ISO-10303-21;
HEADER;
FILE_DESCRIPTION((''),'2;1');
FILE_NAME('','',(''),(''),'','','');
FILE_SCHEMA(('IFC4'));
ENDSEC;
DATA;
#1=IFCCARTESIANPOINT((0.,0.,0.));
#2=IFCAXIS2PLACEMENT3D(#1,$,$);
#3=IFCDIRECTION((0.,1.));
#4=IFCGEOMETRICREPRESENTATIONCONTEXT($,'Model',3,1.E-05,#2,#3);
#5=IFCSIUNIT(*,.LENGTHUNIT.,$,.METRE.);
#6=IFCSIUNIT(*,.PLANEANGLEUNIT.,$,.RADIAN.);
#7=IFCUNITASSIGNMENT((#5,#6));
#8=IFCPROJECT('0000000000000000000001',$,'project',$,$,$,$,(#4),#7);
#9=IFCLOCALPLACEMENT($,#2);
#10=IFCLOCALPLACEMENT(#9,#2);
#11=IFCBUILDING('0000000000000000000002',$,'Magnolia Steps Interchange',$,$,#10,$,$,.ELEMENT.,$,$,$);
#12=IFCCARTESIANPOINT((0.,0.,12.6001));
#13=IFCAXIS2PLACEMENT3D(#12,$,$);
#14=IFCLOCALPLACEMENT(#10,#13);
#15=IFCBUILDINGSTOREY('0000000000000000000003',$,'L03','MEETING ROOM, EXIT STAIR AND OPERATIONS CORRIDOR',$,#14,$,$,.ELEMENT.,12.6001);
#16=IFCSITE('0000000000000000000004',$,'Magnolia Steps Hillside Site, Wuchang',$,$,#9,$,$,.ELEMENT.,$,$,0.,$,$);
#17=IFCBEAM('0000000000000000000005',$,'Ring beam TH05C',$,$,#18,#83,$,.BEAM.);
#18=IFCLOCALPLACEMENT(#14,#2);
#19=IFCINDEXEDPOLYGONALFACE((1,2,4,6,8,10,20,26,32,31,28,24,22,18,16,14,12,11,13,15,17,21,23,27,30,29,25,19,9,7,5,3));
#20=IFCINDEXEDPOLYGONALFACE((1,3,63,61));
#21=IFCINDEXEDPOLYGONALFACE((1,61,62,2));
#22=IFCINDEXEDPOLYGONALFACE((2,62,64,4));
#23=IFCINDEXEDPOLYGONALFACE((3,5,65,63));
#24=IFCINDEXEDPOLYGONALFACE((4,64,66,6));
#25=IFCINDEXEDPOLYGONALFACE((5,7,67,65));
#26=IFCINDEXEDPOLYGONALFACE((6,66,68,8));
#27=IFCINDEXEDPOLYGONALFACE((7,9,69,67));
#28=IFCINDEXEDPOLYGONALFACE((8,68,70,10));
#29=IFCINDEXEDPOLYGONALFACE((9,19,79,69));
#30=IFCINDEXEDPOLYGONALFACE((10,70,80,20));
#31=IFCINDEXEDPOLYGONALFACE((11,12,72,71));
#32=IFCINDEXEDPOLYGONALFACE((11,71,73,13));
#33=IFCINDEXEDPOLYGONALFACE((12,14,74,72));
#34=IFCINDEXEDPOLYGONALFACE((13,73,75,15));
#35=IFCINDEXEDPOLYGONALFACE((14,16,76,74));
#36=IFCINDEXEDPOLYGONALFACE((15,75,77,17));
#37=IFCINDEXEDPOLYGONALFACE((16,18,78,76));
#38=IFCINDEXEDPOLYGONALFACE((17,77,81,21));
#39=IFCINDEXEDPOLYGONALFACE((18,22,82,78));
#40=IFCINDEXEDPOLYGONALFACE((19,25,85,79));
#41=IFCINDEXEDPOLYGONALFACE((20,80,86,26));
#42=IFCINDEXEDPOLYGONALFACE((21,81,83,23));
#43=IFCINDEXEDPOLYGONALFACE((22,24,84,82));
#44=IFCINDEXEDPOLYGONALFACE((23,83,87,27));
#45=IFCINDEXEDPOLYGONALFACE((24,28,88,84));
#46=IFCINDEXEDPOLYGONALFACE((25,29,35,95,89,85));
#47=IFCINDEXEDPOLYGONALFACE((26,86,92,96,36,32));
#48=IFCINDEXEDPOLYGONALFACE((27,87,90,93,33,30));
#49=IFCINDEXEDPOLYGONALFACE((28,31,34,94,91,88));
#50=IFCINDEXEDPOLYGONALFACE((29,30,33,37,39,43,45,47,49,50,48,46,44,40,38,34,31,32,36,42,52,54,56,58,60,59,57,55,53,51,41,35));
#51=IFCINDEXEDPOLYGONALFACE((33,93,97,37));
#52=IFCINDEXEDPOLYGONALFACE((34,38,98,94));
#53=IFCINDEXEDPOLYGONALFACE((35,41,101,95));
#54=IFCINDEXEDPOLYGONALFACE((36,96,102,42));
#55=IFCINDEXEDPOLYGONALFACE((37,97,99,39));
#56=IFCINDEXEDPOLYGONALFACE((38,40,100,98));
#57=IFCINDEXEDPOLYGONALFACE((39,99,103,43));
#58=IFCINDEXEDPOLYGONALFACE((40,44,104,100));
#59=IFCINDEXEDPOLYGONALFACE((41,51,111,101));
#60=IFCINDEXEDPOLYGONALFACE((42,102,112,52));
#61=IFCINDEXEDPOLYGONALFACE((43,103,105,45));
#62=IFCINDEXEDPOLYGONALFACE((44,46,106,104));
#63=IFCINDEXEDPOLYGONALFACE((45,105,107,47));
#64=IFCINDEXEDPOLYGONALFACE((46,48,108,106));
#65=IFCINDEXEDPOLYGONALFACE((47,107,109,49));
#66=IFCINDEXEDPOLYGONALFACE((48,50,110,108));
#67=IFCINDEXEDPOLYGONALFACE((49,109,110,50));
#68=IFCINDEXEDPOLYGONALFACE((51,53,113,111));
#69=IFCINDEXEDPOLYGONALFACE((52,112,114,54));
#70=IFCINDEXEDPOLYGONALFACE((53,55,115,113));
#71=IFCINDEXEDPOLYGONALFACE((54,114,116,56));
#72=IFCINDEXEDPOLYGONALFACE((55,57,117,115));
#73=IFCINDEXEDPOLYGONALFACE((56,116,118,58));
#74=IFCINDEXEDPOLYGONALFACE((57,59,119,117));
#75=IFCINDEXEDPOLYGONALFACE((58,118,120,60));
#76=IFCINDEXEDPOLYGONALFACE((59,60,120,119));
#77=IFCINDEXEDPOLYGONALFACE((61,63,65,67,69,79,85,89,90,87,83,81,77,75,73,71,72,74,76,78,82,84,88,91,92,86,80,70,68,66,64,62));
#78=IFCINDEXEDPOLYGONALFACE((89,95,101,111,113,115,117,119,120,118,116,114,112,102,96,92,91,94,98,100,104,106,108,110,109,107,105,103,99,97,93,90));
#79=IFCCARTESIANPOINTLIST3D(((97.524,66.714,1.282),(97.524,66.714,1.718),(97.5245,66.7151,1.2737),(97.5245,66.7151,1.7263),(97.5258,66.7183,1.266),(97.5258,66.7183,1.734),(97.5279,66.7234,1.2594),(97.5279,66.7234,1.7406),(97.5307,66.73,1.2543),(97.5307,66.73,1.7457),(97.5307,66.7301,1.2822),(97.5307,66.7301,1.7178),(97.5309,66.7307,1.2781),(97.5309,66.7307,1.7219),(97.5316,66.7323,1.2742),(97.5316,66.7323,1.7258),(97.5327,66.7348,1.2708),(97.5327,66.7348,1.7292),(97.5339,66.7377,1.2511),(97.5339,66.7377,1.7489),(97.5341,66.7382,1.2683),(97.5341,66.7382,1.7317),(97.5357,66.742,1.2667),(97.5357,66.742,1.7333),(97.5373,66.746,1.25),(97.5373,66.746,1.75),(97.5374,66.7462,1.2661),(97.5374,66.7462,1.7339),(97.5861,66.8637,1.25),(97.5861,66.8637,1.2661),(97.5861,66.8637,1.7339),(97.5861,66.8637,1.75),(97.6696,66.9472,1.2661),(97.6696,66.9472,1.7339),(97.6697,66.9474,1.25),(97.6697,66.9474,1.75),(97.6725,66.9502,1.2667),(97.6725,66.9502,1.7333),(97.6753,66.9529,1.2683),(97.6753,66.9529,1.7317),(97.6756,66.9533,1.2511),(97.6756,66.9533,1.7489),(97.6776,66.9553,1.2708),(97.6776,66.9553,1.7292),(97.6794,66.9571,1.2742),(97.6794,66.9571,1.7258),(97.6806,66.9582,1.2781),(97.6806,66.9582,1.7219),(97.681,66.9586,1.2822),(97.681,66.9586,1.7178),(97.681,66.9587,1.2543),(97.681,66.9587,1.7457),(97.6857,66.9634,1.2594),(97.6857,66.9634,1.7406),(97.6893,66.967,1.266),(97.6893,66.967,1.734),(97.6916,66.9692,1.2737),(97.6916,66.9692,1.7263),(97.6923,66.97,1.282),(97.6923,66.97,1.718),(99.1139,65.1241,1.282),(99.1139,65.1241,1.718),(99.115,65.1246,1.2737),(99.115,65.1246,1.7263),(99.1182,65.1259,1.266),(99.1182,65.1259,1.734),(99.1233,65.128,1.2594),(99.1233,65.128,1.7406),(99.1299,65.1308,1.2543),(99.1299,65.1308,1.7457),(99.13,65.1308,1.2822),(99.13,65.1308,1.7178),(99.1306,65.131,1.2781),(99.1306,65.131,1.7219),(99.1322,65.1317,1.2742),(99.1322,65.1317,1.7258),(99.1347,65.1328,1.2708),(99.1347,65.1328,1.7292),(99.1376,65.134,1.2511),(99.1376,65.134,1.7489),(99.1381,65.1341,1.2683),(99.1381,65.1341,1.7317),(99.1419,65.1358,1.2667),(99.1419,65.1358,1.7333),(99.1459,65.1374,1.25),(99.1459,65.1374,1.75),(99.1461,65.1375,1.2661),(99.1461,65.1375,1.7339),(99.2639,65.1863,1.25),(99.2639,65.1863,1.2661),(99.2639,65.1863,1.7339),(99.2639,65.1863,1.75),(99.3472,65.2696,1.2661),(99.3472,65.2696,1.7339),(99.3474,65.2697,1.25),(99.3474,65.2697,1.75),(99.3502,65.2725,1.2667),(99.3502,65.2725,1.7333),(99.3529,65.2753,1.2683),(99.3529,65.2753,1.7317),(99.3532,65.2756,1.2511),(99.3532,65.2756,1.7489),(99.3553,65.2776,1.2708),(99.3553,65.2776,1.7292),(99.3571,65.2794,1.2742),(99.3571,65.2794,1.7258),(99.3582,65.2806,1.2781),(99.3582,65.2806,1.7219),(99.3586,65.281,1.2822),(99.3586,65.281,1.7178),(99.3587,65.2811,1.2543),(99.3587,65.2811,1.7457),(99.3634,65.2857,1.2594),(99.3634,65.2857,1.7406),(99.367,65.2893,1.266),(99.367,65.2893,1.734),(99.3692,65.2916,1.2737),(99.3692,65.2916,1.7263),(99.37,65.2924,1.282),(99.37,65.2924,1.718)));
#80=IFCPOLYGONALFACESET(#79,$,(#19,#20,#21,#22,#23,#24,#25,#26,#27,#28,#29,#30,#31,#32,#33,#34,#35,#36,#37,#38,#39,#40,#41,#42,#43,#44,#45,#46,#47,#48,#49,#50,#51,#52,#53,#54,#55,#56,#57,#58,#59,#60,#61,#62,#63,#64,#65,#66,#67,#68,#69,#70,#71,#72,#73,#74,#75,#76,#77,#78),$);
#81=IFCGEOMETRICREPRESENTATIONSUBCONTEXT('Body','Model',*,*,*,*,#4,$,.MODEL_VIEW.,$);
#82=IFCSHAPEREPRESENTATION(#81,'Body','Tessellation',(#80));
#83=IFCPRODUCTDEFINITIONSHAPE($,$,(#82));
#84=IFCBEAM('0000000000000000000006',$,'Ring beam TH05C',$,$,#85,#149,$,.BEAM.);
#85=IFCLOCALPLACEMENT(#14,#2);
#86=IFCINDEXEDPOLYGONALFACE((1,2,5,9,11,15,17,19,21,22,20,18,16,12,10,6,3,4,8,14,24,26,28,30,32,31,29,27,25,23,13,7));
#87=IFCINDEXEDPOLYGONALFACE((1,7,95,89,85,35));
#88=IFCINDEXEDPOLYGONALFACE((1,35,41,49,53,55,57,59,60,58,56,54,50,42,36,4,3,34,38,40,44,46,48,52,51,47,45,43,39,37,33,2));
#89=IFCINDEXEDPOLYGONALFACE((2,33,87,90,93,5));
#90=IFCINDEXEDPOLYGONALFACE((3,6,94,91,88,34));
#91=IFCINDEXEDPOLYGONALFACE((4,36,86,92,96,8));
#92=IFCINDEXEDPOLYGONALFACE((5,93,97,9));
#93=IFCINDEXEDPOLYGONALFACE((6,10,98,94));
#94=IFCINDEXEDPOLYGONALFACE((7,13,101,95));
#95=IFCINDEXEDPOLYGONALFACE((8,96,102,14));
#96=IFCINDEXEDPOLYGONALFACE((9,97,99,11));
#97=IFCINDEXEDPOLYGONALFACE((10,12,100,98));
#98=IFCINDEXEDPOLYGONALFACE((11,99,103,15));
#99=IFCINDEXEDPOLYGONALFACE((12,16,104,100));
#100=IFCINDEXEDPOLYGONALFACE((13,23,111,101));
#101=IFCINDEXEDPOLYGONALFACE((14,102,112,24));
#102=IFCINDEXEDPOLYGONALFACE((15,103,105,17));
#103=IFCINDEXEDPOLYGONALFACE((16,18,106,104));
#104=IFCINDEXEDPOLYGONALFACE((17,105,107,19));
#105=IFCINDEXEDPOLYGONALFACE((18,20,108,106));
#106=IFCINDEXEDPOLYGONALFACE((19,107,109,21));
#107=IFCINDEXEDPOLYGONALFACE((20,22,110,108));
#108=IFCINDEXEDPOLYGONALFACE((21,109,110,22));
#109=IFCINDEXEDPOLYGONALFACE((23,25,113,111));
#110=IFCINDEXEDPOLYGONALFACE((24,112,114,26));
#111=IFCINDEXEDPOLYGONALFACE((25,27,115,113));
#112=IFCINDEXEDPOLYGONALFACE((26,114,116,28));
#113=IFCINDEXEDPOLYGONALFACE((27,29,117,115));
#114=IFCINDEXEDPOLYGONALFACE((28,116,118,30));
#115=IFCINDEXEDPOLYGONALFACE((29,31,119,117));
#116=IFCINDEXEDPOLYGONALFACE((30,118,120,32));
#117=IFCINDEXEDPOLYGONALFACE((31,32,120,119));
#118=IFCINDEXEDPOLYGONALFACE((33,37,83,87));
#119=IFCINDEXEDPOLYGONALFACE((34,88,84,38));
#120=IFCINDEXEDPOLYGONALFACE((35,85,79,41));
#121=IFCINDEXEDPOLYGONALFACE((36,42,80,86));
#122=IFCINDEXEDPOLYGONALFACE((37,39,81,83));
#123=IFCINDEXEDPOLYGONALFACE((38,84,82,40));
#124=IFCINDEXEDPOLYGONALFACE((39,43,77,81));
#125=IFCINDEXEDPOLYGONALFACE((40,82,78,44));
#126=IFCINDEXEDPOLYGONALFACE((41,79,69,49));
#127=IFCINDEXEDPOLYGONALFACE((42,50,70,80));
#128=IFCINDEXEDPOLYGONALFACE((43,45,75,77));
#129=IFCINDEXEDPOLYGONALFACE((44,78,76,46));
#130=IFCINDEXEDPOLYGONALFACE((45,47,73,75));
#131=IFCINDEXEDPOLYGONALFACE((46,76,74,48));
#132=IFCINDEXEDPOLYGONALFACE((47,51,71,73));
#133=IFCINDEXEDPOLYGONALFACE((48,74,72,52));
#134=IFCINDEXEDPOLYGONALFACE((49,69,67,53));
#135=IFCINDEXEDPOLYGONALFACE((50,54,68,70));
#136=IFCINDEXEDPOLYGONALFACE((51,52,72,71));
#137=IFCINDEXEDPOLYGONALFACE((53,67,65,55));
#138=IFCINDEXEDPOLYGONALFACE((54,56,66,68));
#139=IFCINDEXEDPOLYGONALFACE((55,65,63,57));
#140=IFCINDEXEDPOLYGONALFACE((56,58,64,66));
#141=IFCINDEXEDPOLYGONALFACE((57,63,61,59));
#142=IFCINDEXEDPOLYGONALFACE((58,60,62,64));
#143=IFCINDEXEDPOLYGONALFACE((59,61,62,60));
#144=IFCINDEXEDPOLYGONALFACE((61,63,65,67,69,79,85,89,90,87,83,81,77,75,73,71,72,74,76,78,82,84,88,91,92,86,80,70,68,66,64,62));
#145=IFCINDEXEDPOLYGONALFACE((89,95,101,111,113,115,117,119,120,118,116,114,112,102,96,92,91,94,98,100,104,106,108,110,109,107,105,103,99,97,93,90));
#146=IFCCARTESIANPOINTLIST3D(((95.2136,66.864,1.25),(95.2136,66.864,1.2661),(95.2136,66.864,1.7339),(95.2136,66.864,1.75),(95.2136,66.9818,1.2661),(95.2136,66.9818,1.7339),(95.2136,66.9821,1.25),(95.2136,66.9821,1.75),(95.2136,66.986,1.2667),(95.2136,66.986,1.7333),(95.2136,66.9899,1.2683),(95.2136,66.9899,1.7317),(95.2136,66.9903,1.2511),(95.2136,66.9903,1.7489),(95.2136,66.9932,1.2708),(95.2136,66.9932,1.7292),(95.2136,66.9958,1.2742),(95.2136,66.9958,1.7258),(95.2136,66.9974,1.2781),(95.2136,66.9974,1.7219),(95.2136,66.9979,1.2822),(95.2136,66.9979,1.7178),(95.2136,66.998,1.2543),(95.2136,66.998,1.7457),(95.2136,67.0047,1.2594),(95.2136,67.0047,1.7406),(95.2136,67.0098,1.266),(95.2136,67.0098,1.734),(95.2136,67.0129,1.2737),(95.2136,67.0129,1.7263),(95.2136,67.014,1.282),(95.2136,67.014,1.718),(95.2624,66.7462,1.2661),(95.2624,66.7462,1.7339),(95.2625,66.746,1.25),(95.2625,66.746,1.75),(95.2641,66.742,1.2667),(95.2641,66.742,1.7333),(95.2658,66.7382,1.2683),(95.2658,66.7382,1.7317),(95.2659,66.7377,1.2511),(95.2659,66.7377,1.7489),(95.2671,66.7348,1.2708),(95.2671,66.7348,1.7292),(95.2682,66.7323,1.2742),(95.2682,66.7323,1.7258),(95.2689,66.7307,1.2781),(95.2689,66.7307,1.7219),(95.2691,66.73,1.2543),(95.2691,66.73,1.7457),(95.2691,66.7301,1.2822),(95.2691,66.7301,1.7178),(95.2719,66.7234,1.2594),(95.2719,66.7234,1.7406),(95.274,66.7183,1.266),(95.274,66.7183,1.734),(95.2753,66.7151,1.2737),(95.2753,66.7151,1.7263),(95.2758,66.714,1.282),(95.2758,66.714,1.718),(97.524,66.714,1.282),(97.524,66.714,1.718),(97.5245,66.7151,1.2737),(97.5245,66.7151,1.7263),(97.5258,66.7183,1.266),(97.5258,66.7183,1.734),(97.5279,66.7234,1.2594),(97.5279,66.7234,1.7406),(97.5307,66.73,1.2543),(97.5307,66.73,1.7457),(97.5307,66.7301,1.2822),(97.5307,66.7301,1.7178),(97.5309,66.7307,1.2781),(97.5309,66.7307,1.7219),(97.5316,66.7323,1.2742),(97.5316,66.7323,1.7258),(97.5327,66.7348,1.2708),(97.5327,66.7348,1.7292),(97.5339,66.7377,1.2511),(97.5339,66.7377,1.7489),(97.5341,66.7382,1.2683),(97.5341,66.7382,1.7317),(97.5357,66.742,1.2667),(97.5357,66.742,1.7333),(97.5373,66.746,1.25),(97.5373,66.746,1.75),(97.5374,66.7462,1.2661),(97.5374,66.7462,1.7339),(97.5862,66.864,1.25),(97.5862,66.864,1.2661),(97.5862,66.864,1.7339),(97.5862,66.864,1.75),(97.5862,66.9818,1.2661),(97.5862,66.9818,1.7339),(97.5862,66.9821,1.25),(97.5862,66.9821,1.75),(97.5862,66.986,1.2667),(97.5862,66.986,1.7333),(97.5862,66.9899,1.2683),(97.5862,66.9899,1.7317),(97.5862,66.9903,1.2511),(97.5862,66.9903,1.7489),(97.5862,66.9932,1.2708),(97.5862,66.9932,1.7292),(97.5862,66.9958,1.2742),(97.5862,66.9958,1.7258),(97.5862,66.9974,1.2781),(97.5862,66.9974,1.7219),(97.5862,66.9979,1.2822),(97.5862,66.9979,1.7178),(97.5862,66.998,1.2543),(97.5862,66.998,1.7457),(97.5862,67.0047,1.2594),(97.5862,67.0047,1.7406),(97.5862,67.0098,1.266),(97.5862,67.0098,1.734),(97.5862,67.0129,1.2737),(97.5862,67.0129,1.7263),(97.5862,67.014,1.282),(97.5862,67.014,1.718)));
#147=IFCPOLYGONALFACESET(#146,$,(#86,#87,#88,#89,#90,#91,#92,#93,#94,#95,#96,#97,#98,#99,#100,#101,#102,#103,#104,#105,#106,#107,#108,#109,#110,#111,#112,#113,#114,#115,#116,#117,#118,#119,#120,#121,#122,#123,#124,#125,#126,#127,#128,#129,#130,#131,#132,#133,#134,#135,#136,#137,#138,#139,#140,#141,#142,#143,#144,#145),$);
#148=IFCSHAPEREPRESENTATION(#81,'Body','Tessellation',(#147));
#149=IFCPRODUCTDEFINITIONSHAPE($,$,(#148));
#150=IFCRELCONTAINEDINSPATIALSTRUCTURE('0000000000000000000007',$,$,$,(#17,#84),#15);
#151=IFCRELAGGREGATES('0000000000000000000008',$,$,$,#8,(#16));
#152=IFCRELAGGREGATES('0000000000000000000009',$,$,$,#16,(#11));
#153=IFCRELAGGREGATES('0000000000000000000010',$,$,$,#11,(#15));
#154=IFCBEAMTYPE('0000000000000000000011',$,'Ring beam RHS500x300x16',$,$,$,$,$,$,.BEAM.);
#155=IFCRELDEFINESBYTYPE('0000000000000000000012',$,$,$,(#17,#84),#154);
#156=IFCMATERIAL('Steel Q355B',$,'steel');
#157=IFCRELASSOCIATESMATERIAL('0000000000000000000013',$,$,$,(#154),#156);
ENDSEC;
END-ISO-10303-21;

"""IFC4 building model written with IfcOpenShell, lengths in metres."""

from ifc_helpers import new_model, si_unit, direction, frame, origin, origin_2d, place, context, subcontext, project, spatial, hollow_rectangle, extrude, clip, halfspace, material, material_profile, profile_set, type_object, element, save


model = new_model("IFC4")

# Units and contexts
model_context = context("Model", 3, precision=1e-05, world=origin(), true_north=direction((0.0, 1.0)))
body_context = subcontext(model_context, "Body", "Model", "MODEL_VIEW")
ifc_project = project(units=[si_unit("LENGTHUNIT", "METRE"), si_unit("PLANEANGLEUNIT", "RADIAN")], contexts=[model_context])

# Site, building, storey
site_placement = place(None, origin())
site = spatial("IfcSite", under=ifc_project, at=site_placement, Name="Magnolia Steps Hillside Site, Wuchang", CompositionType="ELEMENT", RefElevation=0.0)
building_placement = place(site_placement, origin())
building = spatial("IfcBuilding", under=site, at=building_placement, Name="Magnolia Steps Interchange", CompositionType="ELEMENT")
storey_placement = place(building_placement, frame((0.0, 0.0, 12.6001)))
storey = spatial("IfcBuildingStorey", under=building, at=storey_placement, Name="L03", Description="MEETING ROOM, EXIT STAIR AND OPERATIONS CORRIDOR", CompositionType="ELEMENT", Elevation=12.6001)

# Beams
ifc_material_1 = material(Name="Steel Q355B", Category="steel")
ifc_material_profile_1 = material_profile(ifc_material_1, hollow_rectangle(XDim=0.3, YDim=0.5, WallThickness=0.0161, InnerFilletRadius=0.0161, OuterFilletRadius=0.032, at=origin_2d()), Name="RHS500x300x16")
ifc_profile_set_1 = profile_set([ifc_material_profile_1], Name="Steel Q355B")
beam_type_1 = type_object("IfcBeamType", Name="Ring beam RHS500x300x16", PredefinedType="BEAM", material=ifc_profile_set_1)
beam_1_placement = place(storey_placement, frame((99.2639, 65.1863, 1.5), z_axis=(-0.707107, 0.707107, 0.0), x_axis=(-0.707107, -0.707107, 0.0)))
element("IfcBeam", 1, at=beam_1_placement, inside=storey, type_object=beam_type_1, Name="Ring beam TH05C", PredefinedType="BEAM", context=body_context, shape_type="Clipping", body=[
    clip(clip(extrude(hollow_rectangle(XDim=0.3, YDim=0.5, WallThickness=0.0161, InnerFilletRadius=0.0161, OuterFilletRadius=0.032, at=origin_2d()), origin(), (0.0, 0.0, 1.0), 2.3726), halfspace(frame((0.0, 0.0, 0.0), z_axis=(0.382683, 0.0, -0.92388), x_axis=(0.92388, 0.0, 0.382683)), False)), halfspace(frame((0.0, 0.0, 2.3727), z_axis=(0.382683, 0.0, 0.92388), x_axis=(0.92388, 0.0, -0.382683)), False)),
])
beam_2_placement = place(storey_placement, frame((97.5862, 66.864, 1.5), z_axis=(-1.0, 0.0, 0.0), x_axis=(0.0, -1.0, 0.0)))
element("IfcBeam", 2, at=beam_2_placement, inside=storey, type_object=beam_type_1, Name="Ring beam TH05C", PredefinedType="BEAM", context=body_context, shape_type="Clipping", body=[
    clip(clip(extrude(hollow_rectangle(XDim=0.3, YDim=0.5, WallThickness=0.0161, InnerFilletRadius=0.0161, OuterFilletRadius=0.032, at=origin_2d()), origin(), (0.0, 0.0, 1.0), 2.3726), halfspace(frame((0.0, 0.0, 0.0), z_axis=(0.382683, 0.0, -0.92388), x_axis=(0.92388, 0.0, 0.382683)), False)), halfspace(frame((0.0, 0.0, 2.3726), z_axis=(0.382683, 0.0, 0.92388), x_axis=(0.92388, 0.0, -0.382683)), False)),
])

save(model, "model.ifc")
